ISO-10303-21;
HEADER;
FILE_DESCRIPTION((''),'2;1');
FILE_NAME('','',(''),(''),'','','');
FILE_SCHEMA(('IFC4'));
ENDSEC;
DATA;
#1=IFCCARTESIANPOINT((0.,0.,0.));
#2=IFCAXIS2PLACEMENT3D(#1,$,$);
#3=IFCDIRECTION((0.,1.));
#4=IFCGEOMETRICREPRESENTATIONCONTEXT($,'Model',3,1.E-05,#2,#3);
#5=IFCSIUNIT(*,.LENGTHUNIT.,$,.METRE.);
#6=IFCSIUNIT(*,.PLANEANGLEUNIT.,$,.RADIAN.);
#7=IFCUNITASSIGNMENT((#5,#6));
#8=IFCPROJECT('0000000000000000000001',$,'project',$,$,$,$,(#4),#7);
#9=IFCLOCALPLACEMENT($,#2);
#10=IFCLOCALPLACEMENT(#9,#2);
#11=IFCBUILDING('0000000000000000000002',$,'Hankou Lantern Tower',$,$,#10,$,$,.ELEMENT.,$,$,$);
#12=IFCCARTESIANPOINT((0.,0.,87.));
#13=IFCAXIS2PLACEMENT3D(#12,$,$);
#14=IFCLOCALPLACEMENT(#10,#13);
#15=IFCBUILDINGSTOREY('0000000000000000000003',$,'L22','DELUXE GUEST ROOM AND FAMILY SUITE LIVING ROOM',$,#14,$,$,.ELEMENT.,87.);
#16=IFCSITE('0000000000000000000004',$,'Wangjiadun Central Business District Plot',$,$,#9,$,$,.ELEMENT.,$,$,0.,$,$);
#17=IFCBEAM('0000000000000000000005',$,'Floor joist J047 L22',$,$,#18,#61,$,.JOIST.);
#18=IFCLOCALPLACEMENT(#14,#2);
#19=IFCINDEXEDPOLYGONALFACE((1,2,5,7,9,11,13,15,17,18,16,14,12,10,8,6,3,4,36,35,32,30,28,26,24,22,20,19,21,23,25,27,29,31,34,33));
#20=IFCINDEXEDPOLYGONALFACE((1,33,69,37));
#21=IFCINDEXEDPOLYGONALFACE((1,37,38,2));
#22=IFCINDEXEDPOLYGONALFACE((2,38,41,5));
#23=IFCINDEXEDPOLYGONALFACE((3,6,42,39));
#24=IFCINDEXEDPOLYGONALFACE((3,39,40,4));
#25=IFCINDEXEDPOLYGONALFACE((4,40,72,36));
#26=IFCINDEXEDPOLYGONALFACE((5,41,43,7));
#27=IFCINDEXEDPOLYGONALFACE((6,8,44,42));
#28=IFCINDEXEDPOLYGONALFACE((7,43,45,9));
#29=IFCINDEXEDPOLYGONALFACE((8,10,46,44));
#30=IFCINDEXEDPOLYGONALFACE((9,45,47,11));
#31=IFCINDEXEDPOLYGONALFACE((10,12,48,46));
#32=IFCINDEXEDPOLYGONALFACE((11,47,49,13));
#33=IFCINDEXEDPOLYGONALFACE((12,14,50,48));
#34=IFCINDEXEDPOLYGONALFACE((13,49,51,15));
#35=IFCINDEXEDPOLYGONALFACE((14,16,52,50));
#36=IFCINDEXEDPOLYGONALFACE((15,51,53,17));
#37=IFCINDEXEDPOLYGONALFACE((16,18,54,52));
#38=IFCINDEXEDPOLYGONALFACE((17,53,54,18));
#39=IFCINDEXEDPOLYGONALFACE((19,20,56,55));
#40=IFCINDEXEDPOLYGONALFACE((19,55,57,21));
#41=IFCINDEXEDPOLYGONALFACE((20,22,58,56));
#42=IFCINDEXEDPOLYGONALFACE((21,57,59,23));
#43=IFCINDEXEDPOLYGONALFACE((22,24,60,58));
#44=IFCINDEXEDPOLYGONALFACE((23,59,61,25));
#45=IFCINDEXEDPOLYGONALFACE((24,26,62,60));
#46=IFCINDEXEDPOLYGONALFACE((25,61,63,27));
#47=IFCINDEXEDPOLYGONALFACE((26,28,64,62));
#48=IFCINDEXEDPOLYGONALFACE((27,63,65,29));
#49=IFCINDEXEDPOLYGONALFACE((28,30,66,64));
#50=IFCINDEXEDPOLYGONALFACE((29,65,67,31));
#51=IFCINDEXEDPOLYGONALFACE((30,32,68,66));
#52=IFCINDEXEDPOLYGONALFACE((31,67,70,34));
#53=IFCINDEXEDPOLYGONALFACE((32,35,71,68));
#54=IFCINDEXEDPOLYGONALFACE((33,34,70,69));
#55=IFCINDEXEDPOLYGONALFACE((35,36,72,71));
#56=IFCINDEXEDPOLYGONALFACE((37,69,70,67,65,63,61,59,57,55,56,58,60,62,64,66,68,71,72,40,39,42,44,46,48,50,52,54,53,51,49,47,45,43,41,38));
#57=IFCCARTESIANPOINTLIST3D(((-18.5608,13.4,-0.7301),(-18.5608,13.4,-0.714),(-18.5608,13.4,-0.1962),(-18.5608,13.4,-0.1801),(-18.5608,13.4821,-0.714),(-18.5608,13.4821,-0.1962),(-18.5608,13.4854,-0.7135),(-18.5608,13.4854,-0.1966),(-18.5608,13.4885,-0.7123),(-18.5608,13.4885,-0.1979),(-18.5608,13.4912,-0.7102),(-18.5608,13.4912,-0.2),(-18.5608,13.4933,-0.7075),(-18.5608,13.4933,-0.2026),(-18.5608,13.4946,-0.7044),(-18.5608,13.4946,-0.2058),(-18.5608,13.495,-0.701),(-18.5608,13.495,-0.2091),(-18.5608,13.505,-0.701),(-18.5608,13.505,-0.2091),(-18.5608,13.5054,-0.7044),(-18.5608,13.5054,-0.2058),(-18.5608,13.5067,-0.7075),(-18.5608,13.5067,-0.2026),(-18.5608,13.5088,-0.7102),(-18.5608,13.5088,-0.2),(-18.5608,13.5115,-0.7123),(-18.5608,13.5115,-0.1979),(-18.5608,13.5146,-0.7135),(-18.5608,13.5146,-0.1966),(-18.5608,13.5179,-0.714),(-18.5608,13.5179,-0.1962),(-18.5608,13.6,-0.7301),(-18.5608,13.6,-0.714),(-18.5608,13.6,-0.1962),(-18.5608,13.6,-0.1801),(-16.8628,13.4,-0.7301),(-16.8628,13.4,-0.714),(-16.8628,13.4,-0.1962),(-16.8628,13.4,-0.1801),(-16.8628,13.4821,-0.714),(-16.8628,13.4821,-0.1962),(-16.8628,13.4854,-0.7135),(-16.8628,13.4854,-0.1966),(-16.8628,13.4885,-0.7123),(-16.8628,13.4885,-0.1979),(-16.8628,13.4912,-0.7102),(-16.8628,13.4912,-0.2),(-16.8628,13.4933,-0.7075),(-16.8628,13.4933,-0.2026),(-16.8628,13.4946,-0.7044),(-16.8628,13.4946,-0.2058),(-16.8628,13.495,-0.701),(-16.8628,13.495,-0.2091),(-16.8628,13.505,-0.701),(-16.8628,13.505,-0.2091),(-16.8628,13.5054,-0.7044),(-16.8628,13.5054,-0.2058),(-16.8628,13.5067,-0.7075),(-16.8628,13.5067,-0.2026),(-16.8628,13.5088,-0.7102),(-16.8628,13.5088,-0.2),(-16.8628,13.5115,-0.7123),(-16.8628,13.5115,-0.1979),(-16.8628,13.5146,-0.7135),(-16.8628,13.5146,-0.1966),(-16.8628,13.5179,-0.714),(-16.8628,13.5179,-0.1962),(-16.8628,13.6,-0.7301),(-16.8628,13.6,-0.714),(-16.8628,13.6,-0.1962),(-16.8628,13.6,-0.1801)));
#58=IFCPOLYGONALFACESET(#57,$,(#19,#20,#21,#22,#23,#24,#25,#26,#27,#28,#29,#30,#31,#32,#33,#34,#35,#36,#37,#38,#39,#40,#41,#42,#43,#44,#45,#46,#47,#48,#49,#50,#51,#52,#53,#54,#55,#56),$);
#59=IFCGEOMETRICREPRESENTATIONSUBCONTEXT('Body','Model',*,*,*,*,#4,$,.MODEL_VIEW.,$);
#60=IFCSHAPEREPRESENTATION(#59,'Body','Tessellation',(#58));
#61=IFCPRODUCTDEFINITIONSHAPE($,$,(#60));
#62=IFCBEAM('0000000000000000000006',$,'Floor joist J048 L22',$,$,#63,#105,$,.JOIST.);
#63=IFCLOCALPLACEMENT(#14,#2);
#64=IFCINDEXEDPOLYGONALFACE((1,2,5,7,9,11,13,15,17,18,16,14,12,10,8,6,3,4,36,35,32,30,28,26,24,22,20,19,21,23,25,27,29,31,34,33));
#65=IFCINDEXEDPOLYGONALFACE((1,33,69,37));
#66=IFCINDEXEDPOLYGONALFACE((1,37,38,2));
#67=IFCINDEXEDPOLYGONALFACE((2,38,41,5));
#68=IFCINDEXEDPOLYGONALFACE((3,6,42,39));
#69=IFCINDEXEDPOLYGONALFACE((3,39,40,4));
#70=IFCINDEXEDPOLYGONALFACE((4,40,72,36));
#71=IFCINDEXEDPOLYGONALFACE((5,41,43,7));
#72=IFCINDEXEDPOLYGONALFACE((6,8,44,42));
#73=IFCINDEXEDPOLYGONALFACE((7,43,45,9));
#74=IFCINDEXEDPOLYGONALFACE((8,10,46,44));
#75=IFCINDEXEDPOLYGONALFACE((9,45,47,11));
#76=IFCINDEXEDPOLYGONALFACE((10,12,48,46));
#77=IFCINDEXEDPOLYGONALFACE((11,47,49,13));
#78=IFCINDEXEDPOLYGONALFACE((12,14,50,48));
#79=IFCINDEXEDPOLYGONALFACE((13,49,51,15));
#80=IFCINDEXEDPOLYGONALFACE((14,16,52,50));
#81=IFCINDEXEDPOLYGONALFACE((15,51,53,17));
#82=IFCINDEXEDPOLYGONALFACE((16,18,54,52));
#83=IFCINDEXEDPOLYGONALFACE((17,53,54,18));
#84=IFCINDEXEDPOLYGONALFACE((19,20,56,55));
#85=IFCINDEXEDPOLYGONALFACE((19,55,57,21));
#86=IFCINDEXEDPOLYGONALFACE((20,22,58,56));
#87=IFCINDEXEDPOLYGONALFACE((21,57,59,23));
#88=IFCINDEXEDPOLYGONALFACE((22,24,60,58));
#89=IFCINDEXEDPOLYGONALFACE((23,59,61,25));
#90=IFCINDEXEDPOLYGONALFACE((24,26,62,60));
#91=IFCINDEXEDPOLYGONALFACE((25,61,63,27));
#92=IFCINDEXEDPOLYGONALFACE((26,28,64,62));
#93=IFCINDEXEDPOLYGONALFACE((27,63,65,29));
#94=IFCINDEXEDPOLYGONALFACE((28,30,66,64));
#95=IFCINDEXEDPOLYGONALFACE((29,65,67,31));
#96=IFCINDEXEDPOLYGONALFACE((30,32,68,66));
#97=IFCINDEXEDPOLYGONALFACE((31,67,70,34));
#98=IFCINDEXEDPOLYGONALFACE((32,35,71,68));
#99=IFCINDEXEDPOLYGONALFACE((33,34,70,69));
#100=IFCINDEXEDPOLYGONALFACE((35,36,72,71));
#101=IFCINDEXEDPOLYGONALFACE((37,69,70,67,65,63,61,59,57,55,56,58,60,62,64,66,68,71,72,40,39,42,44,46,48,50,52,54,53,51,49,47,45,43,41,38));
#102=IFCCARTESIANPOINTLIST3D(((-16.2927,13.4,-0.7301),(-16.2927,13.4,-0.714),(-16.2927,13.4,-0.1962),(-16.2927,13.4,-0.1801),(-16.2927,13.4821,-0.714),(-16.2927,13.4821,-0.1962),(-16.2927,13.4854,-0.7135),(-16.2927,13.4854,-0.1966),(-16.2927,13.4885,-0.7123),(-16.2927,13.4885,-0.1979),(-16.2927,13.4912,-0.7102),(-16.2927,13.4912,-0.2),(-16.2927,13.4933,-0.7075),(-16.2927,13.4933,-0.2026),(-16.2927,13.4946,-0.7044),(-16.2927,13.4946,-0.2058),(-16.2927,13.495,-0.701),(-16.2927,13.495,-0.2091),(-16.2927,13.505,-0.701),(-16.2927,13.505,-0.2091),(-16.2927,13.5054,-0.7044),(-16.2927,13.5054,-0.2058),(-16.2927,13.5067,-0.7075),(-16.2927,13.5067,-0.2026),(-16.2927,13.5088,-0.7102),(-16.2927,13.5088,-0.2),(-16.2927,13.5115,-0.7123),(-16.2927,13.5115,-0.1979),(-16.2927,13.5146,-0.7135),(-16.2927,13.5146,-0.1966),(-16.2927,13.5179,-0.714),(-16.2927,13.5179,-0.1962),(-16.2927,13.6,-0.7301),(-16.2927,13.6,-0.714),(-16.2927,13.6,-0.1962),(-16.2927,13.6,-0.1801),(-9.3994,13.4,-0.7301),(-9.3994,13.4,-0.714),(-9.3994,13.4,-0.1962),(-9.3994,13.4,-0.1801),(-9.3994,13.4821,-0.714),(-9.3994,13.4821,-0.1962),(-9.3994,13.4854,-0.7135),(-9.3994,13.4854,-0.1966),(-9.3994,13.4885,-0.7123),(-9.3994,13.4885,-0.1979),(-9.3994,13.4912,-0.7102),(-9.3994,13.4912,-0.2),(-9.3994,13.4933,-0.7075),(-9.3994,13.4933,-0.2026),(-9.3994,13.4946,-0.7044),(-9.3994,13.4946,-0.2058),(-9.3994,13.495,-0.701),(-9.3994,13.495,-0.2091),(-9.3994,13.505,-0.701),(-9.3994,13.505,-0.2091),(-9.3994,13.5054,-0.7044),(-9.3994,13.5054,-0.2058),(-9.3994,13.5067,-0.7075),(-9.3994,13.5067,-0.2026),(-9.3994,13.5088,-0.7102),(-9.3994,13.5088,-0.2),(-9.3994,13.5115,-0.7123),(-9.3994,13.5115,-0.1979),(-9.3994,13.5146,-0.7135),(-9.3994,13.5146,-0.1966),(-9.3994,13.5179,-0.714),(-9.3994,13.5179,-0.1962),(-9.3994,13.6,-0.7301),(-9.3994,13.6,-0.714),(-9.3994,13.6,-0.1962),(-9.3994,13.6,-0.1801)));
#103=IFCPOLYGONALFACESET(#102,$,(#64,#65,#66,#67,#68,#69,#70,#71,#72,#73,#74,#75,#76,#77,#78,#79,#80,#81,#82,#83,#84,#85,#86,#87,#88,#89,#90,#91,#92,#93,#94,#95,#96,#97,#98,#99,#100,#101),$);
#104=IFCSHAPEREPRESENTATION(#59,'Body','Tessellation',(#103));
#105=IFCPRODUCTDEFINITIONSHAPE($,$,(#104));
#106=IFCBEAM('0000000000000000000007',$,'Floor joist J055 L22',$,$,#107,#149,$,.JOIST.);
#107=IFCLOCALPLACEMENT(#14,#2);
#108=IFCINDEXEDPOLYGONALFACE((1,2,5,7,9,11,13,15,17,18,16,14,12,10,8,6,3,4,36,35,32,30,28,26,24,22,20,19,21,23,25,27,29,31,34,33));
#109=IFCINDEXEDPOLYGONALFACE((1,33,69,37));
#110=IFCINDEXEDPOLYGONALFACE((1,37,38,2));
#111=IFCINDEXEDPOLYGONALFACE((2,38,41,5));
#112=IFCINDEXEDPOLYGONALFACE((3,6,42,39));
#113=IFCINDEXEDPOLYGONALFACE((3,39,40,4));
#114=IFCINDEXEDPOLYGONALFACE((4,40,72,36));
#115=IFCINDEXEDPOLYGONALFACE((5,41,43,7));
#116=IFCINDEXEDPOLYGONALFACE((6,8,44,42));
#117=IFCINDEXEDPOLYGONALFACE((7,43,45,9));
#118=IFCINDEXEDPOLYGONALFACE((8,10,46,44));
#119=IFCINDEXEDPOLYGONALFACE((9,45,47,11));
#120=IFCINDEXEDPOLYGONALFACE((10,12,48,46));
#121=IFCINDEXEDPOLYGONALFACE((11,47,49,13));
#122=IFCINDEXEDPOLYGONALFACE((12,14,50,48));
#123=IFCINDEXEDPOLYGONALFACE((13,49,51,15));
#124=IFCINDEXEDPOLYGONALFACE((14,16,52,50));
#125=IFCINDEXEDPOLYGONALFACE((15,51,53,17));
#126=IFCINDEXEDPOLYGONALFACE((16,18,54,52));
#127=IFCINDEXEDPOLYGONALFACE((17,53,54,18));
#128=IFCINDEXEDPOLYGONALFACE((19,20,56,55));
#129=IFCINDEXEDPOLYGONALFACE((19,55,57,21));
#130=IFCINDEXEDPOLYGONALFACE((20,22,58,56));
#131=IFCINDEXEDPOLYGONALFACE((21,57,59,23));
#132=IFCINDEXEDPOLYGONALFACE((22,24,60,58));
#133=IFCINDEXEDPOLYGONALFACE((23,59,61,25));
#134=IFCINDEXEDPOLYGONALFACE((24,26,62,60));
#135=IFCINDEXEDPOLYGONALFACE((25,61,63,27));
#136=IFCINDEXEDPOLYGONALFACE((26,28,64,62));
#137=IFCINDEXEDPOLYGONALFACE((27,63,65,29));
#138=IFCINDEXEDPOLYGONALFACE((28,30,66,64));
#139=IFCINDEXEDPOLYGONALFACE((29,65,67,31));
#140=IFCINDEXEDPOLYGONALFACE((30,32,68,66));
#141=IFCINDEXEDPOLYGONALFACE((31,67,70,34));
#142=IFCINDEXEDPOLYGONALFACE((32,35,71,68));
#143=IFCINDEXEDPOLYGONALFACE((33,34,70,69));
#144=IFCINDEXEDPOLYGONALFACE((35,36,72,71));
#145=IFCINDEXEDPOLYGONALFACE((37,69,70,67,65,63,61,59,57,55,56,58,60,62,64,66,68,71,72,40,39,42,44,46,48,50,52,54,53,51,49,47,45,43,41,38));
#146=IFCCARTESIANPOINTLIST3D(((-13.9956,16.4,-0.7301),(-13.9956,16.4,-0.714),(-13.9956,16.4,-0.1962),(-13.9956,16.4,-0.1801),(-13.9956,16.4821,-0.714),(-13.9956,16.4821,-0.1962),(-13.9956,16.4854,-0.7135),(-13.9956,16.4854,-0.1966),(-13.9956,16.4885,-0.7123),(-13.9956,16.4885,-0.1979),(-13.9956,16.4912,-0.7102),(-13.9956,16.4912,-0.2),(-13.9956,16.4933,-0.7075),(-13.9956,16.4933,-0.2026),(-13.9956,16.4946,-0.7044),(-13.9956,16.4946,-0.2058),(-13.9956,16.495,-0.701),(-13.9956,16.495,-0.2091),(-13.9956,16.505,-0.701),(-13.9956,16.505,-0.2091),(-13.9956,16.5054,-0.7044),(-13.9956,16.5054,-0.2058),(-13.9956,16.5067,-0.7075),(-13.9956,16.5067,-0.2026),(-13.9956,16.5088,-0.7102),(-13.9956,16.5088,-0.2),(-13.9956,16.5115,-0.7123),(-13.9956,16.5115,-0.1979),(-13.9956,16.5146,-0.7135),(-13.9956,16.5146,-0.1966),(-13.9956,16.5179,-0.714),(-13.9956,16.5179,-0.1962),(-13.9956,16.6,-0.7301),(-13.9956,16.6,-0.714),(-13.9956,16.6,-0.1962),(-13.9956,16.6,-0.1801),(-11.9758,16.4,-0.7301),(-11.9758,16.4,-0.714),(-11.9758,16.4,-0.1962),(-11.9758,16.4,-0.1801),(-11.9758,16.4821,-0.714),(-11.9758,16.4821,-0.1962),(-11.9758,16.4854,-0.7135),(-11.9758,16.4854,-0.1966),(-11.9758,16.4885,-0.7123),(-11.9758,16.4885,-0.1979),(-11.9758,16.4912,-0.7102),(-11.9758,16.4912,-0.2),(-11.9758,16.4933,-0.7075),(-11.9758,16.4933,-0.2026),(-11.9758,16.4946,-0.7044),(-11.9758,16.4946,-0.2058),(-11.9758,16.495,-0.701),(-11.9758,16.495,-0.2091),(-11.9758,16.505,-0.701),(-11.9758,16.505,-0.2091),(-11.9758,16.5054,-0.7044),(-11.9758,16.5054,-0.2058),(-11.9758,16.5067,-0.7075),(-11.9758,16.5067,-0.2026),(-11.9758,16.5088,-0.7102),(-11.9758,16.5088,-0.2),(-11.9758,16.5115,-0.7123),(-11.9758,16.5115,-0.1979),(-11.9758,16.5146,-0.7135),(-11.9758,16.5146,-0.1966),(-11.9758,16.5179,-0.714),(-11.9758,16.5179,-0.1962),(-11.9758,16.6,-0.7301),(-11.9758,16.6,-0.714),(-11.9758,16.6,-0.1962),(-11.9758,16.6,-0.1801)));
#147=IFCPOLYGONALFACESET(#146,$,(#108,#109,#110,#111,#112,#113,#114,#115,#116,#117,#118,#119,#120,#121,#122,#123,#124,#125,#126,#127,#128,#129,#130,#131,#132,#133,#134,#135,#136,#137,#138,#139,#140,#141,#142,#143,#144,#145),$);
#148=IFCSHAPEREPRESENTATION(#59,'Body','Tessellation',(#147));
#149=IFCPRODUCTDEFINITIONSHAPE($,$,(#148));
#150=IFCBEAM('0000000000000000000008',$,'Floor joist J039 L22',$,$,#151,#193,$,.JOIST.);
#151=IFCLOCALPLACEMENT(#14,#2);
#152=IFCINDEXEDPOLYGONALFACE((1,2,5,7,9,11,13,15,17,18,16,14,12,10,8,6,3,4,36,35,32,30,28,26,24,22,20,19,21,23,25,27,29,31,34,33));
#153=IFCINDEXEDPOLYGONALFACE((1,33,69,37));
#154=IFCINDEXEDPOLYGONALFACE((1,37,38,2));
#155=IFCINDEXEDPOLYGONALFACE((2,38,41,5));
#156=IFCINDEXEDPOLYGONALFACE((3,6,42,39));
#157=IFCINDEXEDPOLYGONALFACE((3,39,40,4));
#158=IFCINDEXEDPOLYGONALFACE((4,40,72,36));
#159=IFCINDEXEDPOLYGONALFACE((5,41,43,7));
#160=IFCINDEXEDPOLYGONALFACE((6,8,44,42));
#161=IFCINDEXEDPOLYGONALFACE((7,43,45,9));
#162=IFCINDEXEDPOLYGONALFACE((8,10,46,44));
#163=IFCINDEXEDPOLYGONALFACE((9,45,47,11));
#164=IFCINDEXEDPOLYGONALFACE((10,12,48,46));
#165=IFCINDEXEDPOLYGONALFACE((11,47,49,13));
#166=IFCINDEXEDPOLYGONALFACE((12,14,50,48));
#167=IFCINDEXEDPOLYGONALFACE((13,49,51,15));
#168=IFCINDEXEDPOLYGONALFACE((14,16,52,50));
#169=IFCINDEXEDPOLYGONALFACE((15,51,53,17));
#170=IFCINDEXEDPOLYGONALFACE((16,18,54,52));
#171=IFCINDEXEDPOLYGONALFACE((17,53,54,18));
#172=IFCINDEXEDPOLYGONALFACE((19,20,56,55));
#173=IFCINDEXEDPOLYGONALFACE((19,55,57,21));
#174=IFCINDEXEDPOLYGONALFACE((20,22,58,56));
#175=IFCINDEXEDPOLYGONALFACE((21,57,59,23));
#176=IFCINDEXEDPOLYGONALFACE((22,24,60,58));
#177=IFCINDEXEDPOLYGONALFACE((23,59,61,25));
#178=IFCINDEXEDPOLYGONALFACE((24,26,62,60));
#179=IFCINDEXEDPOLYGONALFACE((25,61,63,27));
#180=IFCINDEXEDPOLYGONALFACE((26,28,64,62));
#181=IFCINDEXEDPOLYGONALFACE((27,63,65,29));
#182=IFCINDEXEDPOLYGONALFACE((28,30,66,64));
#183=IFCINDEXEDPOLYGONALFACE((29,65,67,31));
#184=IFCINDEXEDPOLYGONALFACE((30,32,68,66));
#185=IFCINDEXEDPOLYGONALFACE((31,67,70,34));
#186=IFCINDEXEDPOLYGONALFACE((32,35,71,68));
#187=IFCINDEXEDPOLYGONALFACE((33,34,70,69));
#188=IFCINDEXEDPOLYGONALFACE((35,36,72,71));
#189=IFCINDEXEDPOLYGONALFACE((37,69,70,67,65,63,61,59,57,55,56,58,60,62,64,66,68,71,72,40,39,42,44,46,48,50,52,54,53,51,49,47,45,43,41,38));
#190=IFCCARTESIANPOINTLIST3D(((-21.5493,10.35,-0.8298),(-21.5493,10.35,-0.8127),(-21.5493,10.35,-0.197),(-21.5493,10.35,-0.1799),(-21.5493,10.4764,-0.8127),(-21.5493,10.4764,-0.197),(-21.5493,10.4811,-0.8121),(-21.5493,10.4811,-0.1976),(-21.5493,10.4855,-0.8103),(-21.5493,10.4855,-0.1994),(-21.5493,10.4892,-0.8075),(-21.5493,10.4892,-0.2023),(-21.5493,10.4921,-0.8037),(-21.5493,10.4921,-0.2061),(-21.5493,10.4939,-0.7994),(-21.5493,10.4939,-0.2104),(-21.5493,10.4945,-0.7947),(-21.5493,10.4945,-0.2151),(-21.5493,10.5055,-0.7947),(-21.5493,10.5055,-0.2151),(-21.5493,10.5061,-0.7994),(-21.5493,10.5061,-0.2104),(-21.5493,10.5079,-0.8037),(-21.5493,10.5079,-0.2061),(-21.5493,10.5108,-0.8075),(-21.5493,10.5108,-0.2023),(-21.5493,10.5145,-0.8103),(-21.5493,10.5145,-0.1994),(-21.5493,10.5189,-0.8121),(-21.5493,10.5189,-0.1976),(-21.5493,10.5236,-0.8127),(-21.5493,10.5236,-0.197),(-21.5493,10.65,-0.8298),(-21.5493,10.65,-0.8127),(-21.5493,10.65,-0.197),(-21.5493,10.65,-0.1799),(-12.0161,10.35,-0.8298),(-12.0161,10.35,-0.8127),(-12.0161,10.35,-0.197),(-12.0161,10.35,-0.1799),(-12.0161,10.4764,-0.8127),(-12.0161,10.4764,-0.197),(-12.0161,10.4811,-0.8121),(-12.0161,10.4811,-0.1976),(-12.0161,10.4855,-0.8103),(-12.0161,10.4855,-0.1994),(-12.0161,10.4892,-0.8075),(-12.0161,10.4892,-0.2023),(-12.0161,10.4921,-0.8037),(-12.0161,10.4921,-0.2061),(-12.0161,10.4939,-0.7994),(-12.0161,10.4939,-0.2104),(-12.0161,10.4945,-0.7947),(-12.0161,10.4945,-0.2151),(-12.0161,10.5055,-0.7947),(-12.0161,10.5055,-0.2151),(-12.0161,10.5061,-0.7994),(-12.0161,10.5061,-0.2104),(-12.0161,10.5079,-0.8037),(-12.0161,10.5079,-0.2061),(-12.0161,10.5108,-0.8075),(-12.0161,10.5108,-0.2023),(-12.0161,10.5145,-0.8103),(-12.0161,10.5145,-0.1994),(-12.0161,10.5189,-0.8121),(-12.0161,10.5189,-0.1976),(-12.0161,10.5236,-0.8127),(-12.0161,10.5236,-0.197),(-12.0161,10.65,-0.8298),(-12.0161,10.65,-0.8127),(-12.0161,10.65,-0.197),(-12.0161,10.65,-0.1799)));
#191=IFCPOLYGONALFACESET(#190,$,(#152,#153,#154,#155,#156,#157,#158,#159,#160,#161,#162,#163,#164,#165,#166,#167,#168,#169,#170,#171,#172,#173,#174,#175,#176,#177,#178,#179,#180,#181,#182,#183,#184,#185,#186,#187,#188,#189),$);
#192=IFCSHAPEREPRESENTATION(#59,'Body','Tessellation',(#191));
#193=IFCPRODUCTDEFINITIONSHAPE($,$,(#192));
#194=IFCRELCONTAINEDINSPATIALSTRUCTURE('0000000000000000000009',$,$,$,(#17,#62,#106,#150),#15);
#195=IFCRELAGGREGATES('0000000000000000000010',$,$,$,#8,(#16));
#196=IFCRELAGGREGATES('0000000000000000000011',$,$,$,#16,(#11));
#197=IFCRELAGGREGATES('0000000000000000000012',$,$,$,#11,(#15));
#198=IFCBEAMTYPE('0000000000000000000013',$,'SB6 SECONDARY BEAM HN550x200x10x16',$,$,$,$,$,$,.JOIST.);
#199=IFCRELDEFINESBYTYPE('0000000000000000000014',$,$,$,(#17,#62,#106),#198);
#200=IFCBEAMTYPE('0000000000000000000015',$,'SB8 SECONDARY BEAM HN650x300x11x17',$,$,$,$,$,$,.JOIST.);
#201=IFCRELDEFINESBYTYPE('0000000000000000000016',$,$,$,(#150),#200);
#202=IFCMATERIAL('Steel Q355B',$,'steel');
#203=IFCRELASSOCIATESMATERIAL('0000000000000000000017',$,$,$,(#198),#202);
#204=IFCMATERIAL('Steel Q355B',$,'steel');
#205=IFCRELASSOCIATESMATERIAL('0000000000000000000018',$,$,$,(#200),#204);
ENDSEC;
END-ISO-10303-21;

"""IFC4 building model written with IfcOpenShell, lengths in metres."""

from ifc_helpers import new_model, si_unit, direction, frame, origin, origin_2d, place, context, subcontext, project, spatial, i_section, extrude, material, material_profile, profile_set, type_object, element, save


model = new_model("IFC4")

# Units and contexts
model_context = context("Model", 3, precision=1e-05, world=origin(), true_north=direction((0.0, 1.0)))
body_context = subcontext(model_context, "Body", "Model", "MODEL_VIEW")
ifc_project = project(units=[si_unit("LENGTHUNIT", "METRE"), si_unit("PLANEANGLEUNIT", "RADIAN")], contexts=[model_context])

# Site, building, storey
site_placement = place(None, origin())
site = spatial("IfcSite", under=ifc_project, at=site_placement, Name="Wangjiadun Central Business District Plot", CompositionType="ELEMENT", RefElevation=0.0)
building_placement = place(site_placement, origin())
building = spatial("IfcBuilding", under=site, at=building_placement, Name="Hankou Lantern Tower", CompositionType="ELEMENT")
storey_placement = place(building_placement, frame((0.0, 0.0, 87.0)))
storey = spatial("IfcBuildingStorey", under=building, at=storey_placement, Name="L22", Description="DELUXE GUEST ROOM AND FAMILY SUITE LIVING ROOM", CompositionType="ELEMENT", Elevation=87.0)

# Beams
ifc_material_1 = material(Name="Steel Q355B", Category="steel")
ifc_material_profile_1 = material_profile(ifc_material_1, i_section(OverallWidth=0.2, OverallDepth=0.55, WebThickness=0.01, FlangeThickness=0.0161, FilletRadius=0.0129, at=origin_2d()), Name="HN550x200x10x16")
ifc_profile_set_1 = profile_set([ifc_material_profile_1], Name="Steel Q355B")
beam_type_1 = type_object("IfcBeamType", Name="SB6 SECONDARY BEAM HN550x200x10x16", PredefinedType="JOIST", material=ifc_profile_set_1)
beam_1_placement = place(storey_placement, frame((-18.5608, 13.5, -0.4551), z_axis=(1.0, 0.0, 0.0), x_axis=(0.0, 1.0, 0.0)))
element("IfcBeam", 1, at=beam_1_placement, inside=storey, type_object=beam_type_1, Name="Floor joist J047 L22", PredefinedType="JOIST", context=body_context, shape_type="SweptSolid", body=[
    extrude(i_section(OverallWidth=0.2, OverallDepth=0.55, WebThickness=0.01, FlangeThickness=0.0161, FilletRadius=0.0129, at=origin_2d()), origin(), (0.0, 0.0, 1.0), 1.698),
])
beam_2_placement = place(storey_placement, frame((-16.2927, 13.5, -0.4551), z_axis=(1.0, 0.0, 0.0), x_axis=(0.0, 1.0, 0.0)))
element("IfcBeam", 2, at=beam_2_placement, inside=storey, type_object=beam_type_1, Name="Floor joist J048 L22", PredefinedType="JOIST", context=body_context, shape_type="SweptSolid", body=[
    extrude(i_section(OverallWidth=0.2, OverallDepth=0.55, WebThickness=0.01, FlangeThickness=0.0161, FilletRadius=0.0129, at=origin_2d()), origin(), (0.0, 0.0, 1.0), 6.8933),
])
beam_3_placement = place(storey_placement, frame((-13.9956, 16.5, -0.4551), z_axis=(1.0, 0.0, 0.0), x_axis=(0.0, 1.0, 0.0)))
element("IfcBeam", 3, at=beam_3_placement, inside=storey, type_object=beam_type_1, Name="Floor joist J055 L22", PredefinedType="JOIST", context=body_context, shape_type="SweptSolid", body=[
    extrude(i_section(OverallWidth=0.2, OverallDepth=0.55, WebThickness=0.01, FlangeThickness=0.0161, FilletRadius=0.0129, at=origin_2d()), origin(), (0.0, 0.0, 1.0), 2.0198),
])
ifc_material_2 = material(Name="Steel Q355B", Category="steel")
ifc_material_profile_2 = material_profile(ifc_material_2, i_section(OverallWidth=0.3, OverallDepth=0.6499, WebThickness=0.011, FlangeThickness=0.0171, FilletRadius=0.0181, at=origin_2d()), Name="HN650x300x11x17")
ifc_profile_set_2 = profile_set([ifc_material_profile_2], Name="Steel Q355B")
beam_type_2 = type_object("IfcBeamType", Name="SB8 SECONDARY BEAM HN650x300x11x17", PredefinedType="JOIST", material=ifc_profile_set_2)
beam_4_placement = place(storey_placement, frame((-21.5493, 10.5, -0.5049), z_axis=(1.0, 0.0, 0.0), x_axis=(0.0, 1.0, 0.0)))
element("IfcBeam", 4, at=beam_4_placement, inside=storey, type_object=beam_type_2, Name="Floor joist J039 L22", PredefinedType="JOIST", context=body_context, shape_type="SweptSolid", body=[
    extrude(i_section(OverallWidth=0.3, OverallDepth=0.6499, WebThickness=0.011, FlangeThickness=0.0171, FilletRadius=0.0181, at=origin_2d()), origin(), (0.0, 0.0, 1.0), 9.5332),
])

save(model, "model.ifc")
